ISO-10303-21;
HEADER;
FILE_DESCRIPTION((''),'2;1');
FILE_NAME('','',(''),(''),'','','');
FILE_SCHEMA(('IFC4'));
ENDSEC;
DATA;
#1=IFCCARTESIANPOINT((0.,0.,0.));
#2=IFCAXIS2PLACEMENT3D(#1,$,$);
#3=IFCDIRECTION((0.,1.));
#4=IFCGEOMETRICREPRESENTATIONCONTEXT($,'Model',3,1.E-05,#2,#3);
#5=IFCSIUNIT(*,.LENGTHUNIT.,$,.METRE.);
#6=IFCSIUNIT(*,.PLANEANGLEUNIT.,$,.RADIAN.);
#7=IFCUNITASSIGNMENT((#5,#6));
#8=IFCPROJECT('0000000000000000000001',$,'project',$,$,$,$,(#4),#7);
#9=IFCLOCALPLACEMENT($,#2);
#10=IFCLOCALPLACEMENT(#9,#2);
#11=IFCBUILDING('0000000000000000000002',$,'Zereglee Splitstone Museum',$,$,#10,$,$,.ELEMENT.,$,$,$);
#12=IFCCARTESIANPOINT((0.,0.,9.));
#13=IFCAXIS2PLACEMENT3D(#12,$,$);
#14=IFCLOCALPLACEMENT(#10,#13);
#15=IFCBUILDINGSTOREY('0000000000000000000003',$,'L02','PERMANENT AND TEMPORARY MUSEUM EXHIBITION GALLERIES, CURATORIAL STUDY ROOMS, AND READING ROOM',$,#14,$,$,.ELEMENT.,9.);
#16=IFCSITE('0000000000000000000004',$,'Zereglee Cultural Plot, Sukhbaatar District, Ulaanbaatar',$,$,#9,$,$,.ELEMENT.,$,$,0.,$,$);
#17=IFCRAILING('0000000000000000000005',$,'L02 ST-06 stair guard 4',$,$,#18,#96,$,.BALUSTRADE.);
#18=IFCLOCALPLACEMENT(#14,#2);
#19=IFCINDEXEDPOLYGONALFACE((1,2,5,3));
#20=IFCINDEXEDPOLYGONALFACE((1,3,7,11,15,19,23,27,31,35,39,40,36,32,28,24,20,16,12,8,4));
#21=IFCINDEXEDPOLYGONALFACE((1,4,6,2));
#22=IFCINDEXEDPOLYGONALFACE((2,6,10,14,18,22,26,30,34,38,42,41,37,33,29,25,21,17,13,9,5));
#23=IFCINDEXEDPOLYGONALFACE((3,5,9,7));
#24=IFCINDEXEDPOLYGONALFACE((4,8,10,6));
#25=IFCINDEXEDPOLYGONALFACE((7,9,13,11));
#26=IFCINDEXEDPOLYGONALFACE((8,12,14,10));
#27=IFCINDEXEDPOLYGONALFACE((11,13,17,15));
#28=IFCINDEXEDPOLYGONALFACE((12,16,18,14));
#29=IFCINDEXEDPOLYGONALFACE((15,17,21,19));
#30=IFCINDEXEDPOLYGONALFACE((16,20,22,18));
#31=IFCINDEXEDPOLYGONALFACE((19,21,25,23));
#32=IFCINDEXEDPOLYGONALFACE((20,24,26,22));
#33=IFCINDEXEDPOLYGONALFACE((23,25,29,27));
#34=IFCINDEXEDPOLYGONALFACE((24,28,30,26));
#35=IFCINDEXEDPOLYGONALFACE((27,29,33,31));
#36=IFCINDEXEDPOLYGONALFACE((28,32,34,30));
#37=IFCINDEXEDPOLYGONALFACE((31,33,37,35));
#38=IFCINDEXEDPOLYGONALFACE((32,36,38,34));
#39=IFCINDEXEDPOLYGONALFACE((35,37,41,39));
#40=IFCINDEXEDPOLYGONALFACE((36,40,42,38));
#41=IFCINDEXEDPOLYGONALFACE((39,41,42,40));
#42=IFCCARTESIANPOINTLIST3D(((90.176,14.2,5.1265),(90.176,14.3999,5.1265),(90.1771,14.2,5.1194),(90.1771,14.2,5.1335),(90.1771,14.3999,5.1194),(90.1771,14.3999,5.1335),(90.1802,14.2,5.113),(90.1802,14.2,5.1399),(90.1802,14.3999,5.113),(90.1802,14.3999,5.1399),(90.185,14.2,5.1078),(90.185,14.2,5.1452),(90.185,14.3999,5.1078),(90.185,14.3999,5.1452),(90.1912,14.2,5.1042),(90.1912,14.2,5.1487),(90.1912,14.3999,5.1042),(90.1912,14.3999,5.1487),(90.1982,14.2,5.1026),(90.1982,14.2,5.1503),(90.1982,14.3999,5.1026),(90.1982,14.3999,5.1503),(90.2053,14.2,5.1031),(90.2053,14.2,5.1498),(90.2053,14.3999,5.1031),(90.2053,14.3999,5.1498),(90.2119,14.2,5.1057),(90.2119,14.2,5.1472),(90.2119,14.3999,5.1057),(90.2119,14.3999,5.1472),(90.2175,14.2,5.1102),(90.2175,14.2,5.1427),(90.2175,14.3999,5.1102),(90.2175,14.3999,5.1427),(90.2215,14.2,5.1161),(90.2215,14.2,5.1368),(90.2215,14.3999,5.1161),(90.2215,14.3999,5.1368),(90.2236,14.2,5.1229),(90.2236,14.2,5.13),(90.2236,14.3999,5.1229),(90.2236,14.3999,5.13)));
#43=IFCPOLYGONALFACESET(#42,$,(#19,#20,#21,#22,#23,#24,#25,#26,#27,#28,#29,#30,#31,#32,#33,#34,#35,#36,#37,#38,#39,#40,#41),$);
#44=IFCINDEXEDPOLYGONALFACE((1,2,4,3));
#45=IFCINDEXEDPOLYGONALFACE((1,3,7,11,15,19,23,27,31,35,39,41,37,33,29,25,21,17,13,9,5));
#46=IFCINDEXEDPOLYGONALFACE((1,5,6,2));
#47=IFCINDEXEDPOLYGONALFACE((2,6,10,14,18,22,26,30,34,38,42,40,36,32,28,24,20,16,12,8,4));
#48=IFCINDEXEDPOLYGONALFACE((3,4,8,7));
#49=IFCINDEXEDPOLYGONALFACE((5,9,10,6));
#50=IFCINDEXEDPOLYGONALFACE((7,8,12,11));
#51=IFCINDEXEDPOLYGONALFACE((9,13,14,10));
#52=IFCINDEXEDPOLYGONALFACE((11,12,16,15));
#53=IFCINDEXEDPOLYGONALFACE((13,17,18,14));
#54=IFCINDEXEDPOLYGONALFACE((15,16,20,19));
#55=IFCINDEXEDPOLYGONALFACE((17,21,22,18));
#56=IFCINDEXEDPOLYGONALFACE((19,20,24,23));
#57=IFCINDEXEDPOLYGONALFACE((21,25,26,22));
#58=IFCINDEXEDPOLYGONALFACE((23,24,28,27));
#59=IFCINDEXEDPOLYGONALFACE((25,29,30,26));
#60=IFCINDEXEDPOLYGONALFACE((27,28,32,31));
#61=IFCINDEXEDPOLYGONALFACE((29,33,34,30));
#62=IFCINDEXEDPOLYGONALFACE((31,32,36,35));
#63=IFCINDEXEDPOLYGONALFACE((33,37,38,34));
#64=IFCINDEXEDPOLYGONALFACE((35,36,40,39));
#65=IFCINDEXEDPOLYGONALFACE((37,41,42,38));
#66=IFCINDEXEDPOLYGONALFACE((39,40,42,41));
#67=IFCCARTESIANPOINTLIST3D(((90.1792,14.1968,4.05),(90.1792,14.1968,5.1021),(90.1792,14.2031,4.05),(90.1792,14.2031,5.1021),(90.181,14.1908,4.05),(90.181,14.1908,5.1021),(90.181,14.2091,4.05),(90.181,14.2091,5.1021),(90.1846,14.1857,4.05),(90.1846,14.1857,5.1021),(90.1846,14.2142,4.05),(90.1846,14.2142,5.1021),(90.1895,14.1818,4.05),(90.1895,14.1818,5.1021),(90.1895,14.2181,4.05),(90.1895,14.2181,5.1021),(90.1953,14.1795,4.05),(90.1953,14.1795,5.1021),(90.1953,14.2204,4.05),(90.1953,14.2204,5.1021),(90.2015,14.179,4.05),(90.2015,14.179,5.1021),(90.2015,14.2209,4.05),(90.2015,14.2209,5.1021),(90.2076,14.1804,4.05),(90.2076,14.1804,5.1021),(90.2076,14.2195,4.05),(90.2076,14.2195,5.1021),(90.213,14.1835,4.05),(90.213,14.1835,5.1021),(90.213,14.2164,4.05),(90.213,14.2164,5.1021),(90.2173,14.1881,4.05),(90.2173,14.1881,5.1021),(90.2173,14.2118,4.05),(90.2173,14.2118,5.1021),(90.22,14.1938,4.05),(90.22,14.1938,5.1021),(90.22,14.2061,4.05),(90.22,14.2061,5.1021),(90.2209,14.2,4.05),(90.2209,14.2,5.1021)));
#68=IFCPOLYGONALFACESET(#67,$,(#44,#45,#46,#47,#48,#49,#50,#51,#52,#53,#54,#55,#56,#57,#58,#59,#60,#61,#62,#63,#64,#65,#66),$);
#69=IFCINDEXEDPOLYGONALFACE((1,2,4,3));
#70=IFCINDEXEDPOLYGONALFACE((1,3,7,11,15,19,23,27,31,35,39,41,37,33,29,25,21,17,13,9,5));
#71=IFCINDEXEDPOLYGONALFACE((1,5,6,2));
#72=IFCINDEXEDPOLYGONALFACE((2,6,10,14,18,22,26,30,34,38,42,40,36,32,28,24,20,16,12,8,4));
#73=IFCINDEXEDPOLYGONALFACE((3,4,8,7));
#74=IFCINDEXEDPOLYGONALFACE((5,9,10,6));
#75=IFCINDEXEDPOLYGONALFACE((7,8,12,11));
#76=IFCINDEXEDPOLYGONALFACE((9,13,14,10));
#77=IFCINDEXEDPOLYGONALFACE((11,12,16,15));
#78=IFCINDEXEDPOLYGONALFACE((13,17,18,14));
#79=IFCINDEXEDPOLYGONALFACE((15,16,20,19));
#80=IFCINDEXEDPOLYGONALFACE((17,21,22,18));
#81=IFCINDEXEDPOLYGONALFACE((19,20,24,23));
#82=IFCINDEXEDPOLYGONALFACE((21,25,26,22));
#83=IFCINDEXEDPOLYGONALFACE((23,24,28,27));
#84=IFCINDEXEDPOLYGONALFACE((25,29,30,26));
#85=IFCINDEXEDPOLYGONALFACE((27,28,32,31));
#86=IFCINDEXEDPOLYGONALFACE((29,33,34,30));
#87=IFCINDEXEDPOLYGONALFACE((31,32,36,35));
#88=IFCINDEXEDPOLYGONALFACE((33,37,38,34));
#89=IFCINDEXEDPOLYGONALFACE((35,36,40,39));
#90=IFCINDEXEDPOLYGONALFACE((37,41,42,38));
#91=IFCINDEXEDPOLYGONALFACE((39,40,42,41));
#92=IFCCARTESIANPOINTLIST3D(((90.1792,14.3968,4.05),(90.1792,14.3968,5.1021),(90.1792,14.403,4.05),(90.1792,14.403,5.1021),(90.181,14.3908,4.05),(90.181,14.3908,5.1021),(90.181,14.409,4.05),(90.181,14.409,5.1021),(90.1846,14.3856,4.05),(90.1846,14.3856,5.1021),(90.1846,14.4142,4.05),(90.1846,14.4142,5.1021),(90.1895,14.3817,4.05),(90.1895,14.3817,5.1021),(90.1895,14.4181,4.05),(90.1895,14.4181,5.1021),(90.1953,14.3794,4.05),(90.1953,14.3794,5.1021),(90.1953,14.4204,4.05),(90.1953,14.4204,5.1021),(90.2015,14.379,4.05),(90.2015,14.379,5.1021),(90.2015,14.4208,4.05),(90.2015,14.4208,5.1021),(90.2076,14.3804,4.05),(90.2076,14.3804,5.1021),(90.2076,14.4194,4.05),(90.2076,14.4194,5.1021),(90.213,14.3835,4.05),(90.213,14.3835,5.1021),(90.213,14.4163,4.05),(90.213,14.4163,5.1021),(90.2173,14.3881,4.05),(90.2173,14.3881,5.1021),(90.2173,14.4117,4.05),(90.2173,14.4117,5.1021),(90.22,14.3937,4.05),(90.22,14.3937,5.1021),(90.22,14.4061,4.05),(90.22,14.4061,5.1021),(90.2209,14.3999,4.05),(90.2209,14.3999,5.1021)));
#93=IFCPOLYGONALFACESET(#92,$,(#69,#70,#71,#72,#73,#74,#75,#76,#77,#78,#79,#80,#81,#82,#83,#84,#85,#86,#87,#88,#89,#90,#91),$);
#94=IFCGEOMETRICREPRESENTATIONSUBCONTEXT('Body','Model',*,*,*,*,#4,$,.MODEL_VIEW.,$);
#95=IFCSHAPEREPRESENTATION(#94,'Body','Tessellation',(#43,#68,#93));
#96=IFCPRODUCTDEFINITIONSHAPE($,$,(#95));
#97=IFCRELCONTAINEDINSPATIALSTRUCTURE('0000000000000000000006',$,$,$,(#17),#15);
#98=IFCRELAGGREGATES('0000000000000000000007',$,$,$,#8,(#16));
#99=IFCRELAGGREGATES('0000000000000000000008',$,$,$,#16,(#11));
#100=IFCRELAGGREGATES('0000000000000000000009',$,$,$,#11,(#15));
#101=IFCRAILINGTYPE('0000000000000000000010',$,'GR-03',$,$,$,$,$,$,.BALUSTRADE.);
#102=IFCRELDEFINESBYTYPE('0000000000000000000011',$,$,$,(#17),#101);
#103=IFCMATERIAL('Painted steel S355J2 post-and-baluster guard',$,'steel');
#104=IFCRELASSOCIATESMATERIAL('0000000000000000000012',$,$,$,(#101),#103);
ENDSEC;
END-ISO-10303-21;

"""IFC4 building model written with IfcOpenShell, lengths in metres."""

from ifc_helpers import new_model, si_unit, direction, frame, origin, origin_2d, place, context, subcontext, project, spatial, circle, extrude, material, type_object, element, save


model = new_model("IFC4")

# Units and contexts
model_context = context("Model", 3, precision=1e-05, world=origin(), true_north=direction((0.0, 1.0)))
body_context = subcontext(model_context, "Body", "Model", "MODEL_VIEW")
ifc_project = project(units=[si_unit("LENGTHUNIT", "METRE"), si_unit("PLANEANGLEUNIT", "RADIAN")], contexts=[model_context])

# Site, building, storey
site_placement = place(None, origin())
site = spatial("IfcSite", under=ifc_project, at=site_placement, Name="Zereglee Cultural Plot, Sukhbaatar District, Ulaanbaatar", CompositionType="ELEMENT", RefElevation=0.0)
building_placement = place(site_placement, origin())
building = spatial("IfcBuilding", under=site, at=building_placement, Name="Zereglee Splitstone Museum", CompositionType="ELEMENT")
storey_placement = place(building_placement, frame((0.0, 0.0, 9.0)))
storey = spatial("IfcBuildingStorey", under=building, at=storey_placement, Name="L02", Description="PERMANENT AND TEMPORARY MUSEUM EXHIBITION GALLERIES, CURATORIAL STUDY ROOMS, AND READING ROOM", CompositionType="ELEMENT", Elevation=9.0)

# Railing
ifc_material_1 = material(Name="Painted steel S355J2 post-and-baluster guard", Category="steel")
railing_type_1 = type_object("IfcRailingType", Name="GR-03", PredefinedType="BALUSTRADE", material=ifc_material_1)
railing_1_placement = place(storey_placement, frame((90.2, 14.2, 4.05)))
element("IfcRailing", 1, at=railing_1_placement, inside=storey, type_object=railing_type_1, Name="L02 ST-06 stair guard 4", PredefinedType="BALUSTRADE", context=body_context, shape_type="SweptSolid", body=[
    extrude(circle(Radius=0.0239, at=origin_2d()), frame((0.0, 0.0, 1.0764), z_axis=(0.0, 1.0, 0.0), x_axis=(-1.0, 0.0, 0.0)), (0.0, 0.0, 1.0), 0.2),
    extrude(circle(Radius=0.021, at=origin_2d()), origin(), (0.0, 0.0, 1.0), 1.052),
    extrude(circle(Radius=0.021, at=origin_2d()), frame((0.0, 0.2, 0.0)), (0.0, 0.0, 1.0), 1.052),
])

save(model, "model.ifc")
